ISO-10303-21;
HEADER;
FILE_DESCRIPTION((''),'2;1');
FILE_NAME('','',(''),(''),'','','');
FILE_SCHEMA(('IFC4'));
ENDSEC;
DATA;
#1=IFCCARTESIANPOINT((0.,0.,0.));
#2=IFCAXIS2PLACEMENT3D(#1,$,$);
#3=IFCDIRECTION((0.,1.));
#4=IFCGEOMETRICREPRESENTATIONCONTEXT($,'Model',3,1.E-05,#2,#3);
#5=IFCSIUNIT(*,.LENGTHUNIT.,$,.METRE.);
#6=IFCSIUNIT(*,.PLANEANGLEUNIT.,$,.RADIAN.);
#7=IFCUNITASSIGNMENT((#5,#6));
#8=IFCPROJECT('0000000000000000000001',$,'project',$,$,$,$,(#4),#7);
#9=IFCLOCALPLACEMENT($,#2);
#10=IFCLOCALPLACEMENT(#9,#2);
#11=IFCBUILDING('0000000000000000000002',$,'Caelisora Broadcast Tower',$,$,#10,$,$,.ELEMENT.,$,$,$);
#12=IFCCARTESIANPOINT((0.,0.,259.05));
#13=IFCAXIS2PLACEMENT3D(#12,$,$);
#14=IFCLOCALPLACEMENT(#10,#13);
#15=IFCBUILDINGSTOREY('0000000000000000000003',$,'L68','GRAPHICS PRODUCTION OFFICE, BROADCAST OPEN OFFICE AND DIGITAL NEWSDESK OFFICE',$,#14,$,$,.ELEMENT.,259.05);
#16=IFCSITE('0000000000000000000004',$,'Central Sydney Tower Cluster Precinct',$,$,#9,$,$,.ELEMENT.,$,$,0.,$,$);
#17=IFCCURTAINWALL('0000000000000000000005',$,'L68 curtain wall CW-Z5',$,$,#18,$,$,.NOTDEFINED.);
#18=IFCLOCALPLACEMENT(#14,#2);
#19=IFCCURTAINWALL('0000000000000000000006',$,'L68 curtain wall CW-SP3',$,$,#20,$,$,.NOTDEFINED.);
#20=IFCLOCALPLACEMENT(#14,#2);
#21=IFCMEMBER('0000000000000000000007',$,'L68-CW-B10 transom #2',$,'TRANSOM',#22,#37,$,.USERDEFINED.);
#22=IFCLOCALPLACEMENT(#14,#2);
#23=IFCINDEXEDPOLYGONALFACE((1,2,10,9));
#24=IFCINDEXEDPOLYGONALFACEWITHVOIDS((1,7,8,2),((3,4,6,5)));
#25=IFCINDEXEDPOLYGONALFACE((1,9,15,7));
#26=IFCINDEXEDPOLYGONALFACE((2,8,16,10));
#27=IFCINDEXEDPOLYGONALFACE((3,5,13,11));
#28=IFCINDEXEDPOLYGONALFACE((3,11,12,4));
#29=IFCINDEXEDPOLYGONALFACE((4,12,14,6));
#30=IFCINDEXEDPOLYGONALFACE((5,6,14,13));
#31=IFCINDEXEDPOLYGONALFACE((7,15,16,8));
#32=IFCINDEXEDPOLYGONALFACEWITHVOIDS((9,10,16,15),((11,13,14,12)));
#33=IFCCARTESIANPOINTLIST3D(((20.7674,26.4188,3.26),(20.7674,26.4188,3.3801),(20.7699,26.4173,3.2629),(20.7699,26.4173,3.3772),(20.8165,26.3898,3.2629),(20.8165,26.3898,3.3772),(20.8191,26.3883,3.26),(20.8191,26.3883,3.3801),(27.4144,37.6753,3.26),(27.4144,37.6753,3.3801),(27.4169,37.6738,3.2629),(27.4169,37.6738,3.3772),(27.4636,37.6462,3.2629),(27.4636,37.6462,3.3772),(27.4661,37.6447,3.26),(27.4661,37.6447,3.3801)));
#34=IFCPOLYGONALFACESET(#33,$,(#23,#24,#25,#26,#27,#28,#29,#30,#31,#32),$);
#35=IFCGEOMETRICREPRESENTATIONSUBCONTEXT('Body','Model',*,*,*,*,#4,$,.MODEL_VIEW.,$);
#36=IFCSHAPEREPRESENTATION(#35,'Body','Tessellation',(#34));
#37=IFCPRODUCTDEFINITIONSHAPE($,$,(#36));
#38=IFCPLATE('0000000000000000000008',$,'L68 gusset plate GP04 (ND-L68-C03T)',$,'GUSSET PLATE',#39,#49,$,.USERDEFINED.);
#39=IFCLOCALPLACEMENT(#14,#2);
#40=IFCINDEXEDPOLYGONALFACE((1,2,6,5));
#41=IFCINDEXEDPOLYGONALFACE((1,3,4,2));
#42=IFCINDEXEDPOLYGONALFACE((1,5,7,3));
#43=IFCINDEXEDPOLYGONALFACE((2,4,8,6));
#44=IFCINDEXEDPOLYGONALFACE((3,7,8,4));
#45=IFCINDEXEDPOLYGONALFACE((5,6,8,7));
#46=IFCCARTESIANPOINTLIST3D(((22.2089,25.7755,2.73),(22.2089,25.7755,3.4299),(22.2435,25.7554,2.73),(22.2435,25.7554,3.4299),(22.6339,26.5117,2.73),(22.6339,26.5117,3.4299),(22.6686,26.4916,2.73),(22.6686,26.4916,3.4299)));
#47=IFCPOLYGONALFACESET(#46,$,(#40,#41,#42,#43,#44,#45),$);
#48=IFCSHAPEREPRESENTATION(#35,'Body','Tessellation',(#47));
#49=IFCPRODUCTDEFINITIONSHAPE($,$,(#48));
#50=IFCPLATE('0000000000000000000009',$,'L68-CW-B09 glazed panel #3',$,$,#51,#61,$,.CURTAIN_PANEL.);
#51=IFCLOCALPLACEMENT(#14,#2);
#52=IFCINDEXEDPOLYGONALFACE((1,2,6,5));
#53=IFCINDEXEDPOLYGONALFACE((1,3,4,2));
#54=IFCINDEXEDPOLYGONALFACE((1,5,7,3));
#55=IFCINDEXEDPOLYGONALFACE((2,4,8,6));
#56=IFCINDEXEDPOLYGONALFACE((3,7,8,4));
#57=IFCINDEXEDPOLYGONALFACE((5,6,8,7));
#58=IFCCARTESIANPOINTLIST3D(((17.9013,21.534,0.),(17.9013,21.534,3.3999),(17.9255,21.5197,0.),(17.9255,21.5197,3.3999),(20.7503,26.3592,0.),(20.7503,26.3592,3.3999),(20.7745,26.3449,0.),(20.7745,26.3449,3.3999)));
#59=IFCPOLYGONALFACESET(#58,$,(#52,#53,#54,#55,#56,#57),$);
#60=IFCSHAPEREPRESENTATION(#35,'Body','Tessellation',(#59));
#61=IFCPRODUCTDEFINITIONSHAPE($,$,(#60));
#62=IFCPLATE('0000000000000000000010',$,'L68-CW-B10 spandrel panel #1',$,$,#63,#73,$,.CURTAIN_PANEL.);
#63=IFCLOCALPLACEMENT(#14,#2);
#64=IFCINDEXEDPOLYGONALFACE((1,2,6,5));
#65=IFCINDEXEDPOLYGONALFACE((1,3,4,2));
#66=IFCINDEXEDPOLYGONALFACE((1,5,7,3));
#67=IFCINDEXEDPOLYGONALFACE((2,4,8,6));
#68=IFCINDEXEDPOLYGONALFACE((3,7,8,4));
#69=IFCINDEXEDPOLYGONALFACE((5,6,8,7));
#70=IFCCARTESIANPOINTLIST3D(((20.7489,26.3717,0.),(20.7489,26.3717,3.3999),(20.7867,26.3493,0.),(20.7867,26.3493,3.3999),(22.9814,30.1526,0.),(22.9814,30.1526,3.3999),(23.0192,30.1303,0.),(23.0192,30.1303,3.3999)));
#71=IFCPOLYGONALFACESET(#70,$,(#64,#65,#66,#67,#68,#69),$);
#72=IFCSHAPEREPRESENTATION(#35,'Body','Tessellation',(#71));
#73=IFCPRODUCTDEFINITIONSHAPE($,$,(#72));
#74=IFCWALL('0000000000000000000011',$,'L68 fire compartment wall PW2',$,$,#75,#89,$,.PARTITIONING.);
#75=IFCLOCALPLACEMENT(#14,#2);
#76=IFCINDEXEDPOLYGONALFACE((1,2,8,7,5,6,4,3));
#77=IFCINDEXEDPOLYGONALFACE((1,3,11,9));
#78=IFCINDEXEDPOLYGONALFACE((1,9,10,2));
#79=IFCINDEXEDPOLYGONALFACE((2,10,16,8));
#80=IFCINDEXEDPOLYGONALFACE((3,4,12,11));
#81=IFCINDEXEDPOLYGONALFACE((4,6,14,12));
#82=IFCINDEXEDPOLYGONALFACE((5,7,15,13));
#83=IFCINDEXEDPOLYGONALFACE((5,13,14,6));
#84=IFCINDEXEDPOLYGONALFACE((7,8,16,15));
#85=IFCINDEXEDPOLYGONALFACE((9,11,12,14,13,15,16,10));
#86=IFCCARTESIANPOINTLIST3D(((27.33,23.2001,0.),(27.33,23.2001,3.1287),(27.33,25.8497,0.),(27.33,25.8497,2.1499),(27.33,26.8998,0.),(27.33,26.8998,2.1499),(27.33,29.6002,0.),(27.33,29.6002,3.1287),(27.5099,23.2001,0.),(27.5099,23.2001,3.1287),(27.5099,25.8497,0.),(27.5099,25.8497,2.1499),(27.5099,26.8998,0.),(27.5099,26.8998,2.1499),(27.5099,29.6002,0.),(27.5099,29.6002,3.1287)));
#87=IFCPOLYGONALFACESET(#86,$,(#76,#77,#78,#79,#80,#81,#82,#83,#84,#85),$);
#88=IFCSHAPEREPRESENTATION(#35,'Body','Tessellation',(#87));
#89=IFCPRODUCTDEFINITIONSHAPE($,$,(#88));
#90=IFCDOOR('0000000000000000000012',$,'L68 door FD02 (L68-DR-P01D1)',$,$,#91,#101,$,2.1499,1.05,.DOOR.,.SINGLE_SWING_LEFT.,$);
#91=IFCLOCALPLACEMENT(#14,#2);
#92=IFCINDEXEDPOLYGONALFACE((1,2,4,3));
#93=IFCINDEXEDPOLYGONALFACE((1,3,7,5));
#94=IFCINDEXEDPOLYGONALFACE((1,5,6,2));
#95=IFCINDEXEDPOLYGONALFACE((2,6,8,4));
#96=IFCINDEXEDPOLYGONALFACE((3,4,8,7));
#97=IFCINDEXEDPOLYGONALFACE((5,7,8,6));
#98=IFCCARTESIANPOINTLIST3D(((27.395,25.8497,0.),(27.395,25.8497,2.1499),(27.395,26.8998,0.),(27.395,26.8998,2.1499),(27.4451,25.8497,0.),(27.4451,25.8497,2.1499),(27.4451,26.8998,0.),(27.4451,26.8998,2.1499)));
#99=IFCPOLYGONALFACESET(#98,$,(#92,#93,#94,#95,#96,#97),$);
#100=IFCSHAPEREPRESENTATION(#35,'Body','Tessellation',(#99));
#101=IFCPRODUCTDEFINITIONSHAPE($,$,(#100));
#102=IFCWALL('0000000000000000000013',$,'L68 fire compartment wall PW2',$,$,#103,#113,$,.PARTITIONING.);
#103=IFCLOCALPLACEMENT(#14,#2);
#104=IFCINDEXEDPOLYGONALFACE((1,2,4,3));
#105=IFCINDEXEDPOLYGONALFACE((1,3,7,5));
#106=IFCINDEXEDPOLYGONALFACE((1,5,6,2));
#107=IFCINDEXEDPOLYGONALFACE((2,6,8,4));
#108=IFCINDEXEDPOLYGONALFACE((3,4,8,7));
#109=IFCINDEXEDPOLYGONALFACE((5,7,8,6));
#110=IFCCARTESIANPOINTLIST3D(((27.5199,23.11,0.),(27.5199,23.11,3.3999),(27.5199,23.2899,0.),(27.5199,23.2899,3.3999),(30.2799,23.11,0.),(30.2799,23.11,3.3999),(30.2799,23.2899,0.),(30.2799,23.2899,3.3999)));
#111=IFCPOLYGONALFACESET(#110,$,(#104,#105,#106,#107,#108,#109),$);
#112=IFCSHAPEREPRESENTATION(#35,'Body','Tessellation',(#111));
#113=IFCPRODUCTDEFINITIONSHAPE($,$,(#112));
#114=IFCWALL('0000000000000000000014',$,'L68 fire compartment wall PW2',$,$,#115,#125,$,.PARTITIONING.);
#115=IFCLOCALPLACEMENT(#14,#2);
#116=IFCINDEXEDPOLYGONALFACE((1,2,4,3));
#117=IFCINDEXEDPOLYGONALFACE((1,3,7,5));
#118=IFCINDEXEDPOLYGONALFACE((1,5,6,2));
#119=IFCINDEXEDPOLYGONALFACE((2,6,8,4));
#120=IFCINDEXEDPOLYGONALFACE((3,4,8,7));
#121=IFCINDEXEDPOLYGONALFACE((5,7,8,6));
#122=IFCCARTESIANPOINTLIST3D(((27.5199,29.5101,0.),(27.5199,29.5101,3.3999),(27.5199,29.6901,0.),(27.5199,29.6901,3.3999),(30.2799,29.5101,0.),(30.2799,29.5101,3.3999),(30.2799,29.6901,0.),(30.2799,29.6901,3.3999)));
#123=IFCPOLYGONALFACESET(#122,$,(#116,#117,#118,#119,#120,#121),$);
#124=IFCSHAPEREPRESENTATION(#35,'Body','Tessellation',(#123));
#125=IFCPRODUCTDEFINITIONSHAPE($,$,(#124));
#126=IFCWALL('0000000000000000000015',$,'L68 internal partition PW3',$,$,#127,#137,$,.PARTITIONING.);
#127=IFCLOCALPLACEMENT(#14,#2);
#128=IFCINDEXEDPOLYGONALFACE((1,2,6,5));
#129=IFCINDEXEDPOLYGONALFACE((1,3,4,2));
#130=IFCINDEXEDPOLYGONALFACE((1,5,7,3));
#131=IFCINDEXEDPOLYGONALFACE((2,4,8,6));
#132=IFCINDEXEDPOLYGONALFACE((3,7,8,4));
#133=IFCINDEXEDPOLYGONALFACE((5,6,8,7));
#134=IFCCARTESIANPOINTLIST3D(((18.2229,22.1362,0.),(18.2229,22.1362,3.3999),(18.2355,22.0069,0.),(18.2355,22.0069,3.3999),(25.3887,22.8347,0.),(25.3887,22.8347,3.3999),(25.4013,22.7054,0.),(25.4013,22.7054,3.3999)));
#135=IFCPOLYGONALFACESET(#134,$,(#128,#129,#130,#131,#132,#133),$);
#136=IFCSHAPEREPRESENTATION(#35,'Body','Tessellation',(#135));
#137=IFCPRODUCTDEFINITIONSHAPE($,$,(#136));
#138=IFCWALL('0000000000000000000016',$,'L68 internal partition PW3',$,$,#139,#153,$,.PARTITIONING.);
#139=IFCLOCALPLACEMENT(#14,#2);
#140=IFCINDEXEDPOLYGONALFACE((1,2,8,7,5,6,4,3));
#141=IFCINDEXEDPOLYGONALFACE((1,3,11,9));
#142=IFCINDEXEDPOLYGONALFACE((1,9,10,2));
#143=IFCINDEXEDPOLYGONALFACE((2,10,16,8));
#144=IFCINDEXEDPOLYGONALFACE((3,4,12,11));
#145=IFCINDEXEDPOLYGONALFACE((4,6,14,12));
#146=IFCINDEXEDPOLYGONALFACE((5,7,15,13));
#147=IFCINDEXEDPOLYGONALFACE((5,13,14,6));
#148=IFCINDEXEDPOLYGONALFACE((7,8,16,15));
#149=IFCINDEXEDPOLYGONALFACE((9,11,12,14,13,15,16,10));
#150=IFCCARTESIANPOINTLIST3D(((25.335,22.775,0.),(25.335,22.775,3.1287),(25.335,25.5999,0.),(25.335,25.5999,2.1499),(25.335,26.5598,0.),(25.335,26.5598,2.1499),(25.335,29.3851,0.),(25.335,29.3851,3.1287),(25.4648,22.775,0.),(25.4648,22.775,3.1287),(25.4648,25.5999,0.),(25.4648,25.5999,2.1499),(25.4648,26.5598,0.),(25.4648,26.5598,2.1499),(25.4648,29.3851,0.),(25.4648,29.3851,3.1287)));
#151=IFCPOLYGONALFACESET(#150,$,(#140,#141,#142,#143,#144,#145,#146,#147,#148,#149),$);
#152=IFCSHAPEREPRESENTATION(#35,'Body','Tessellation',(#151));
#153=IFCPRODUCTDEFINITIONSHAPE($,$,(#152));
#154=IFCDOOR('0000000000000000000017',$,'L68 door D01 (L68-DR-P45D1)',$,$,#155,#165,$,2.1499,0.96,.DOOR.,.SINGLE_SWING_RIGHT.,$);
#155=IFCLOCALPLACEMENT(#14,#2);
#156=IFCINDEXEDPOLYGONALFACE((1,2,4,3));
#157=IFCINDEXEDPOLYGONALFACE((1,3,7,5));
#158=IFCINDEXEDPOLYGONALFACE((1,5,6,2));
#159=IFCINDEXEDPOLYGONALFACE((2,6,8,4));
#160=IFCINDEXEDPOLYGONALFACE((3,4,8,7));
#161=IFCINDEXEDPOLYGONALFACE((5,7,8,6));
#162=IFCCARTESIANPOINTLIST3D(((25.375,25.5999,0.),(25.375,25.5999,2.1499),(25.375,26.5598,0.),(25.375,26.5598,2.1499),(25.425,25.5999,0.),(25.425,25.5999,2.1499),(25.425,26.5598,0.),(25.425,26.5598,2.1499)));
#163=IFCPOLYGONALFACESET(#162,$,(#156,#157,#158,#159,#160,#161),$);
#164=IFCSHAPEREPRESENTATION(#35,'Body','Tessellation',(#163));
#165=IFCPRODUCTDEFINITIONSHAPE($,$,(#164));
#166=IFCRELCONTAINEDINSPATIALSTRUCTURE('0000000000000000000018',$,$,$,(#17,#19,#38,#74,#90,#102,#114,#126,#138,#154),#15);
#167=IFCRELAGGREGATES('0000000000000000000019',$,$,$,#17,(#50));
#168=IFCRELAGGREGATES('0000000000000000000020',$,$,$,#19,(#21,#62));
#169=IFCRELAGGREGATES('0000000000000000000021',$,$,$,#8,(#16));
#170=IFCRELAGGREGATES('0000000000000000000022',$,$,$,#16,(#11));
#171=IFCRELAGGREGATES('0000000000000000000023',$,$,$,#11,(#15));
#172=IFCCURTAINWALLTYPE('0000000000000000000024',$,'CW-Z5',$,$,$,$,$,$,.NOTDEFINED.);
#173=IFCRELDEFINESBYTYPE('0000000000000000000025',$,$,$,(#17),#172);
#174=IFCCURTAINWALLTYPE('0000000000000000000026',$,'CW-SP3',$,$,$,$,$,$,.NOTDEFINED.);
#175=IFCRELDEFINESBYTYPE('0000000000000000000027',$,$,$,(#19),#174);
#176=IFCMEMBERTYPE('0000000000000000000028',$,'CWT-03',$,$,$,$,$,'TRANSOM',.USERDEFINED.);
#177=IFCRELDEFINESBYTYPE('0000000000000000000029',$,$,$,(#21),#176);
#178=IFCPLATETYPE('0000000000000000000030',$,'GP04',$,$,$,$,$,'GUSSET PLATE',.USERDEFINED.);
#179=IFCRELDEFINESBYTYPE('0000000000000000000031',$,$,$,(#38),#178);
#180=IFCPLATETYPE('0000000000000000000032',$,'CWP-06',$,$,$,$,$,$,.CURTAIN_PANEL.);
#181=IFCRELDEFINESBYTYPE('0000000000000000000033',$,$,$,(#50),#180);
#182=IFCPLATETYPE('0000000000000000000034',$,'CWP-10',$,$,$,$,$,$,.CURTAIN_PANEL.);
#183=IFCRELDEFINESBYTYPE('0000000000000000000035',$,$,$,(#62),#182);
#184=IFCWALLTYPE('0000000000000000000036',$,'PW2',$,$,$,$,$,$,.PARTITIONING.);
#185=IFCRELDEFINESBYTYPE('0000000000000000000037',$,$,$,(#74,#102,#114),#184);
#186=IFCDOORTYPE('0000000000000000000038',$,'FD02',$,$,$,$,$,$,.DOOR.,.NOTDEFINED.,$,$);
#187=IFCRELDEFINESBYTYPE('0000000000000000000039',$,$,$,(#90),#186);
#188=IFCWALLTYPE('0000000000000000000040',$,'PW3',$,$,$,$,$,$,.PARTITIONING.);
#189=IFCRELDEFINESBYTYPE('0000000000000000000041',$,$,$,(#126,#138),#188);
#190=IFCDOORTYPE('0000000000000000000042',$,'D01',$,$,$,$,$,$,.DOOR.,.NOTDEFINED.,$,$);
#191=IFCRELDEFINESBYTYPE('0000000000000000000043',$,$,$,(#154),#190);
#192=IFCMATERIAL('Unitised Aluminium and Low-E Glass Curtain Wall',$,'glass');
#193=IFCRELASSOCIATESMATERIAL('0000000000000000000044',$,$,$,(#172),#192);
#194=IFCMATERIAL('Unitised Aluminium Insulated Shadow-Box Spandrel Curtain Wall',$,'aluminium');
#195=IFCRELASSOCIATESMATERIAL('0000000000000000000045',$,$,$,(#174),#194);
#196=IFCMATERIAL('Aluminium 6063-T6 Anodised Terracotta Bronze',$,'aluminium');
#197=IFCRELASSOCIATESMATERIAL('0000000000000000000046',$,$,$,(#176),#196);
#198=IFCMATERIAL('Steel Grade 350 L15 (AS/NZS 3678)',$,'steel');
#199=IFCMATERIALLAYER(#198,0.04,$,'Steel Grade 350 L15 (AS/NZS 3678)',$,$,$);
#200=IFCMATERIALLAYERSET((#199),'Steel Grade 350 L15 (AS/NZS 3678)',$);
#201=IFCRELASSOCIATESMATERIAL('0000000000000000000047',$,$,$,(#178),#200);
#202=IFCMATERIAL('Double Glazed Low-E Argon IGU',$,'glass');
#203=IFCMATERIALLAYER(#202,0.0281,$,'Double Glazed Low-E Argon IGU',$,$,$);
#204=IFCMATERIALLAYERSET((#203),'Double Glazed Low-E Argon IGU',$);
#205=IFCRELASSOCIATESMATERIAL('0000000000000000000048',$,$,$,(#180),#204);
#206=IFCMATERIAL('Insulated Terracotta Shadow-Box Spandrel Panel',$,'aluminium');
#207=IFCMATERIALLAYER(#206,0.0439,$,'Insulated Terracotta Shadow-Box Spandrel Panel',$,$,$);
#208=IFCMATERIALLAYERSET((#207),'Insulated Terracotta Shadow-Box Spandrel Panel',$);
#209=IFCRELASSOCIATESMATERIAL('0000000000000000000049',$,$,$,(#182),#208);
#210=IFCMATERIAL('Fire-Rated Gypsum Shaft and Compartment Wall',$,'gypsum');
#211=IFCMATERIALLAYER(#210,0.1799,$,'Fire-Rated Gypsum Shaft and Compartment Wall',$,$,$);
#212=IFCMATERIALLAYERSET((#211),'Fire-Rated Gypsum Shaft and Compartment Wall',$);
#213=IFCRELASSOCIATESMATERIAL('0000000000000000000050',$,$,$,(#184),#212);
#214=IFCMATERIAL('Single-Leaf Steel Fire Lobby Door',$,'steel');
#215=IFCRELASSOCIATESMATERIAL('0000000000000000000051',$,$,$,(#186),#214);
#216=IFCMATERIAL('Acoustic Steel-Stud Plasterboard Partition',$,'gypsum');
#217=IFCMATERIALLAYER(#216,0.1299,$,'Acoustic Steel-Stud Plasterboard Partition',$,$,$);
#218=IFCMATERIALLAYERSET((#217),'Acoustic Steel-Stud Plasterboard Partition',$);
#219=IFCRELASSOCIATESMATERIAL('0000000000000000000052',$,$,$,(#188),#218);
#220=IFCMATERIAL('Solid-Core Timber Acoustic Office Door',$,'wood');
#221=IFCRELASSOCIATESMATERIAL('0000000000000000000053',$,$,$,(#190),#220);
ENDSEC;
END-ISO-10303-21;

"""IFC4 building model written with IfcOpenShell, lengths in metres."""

from ifc_helpers import new_model, si_unit, direction, frame, frame_2d, origin, origin_2d, place, context, subcontext, project, spatial, rectangle, hollow_rectangle, extrude, source, transform, mapped, material, layer, layer_set, material_profile, profile_set, type_object, type_shapes, element, fill, aggregate, save


model = new_model("IFC4")

# Units and contexts
model_context = context("Model", 3, precision=1e-05, world=origin(), true_north=direction((0.0, 1.0)))
body_context = subcontext(model_context, "Body", "Model", "MODEL_VIEW")
ifc_project = project(units=[si_unit("LENGTHUNIT", "METRE"), si_unit("PLANEANGLEUNIT", "RADIAN")], contexts=[model_context])

# Site, building, storey
site_placement = place(None, origin())
site = spatial("IfcSite", under=ifc_project, at=site_placement, Name="Central Sydney Tower Cluster Precinct", CompositionType="ELEMENT", RefElevation=0.0)
building_placement = place(site_placement, origin())
building = spatial("IfcBuilding", under=site, at=building_placement, Name="Caelisora Broadcast Tower", CompositionType="ELEMENT")
storey_placement = place(building_placement, frame((0.0, 0.0, 259.05)))
storey = spatial("IfcBuildingStorey", under=building, at=storey_placement, Name="L68", Description="GRAPHICS PRODUCTION OFFICE, BROADCAST OPEN OFFICE AND DIGITAL NEWSDESK OFFICE", CompositionType="ELEMENT", Elevation=259.05)

# Shared definitions
ifc_material_1 = material(Name="Steel Grade 350 L15 (AS/NZS 3678)", Category="steel")

# Curtain walls, member
ifc_material_2 = material(Name="Unitised Aluminium and Low-E Glass Curtain Wall", Category="glass")
curtain_wall_type_1 = type_object("IfcCurtainWallType", Name="CW-Z5", PredefinedType="NOTDEFINED", material=ifc_material_2)
curtain_wall_1_placement = place(storey_placement, origin())
curtain_wall_1 = element("IfcCurtainWall", 1, at=curtain_wall_1_placement, inside=storey, type_object=curtain_wall_type_1, Name="L68 curtain wall CW-Z5", PredefinedType="NOTDEFINED")
ifc_material_3 = material(Name="Aluminium 6063-T6 Anodised Terracotta Bronze", Category="aluminium")
ifc_material_4 = material(Name="Unitised Aluminium Insulated Shadow-Box Spandrel Curtain Wall", Category="aluminium")
curtain_wall_type_2 = type_object("IfcCurtainWallType", Name="CW-SP3", PredefinedType="NOTDEFINED", material=ifc_material_4)
curtain_wall_2_placement = place(storey_placement, origin())
curtain_wall_2 = element("IfcCurtainWall", 2, at=curtain_wall_2_placement, inside=storey, type_object=curtain_wall_type_2, Name="L68 curtain wall CW-SP3", PredefinedType="NOTDEFINED")
ifc_material_profile_1 = material_profile(ifc_material_3, hollow_rectangle(XDim=0.0601, YDim=0.1201, WallThickness=0.0029, at=origin_2d()), Name="Aluminium 6063-T6 Anodised Terracotta Bronze")
ifc_profile_set_1 = profile_set([ifc_material_profile_1], Name="Aluminium 6063-T6 Anodised Terracotta Bronze")
member_type_1 = type_object("IfcMemberType", Name="CWT-03", ElementType="TRANSOM", PredefinedType="USERDEFINED", material=ifc_profile_set_1)
shared_shape_1 = source(origin(), body_context, "Body", "SweptSolid", [
    extrude(hollow_rectangle(XDim=0.0601, YDim=0.1201, WallThickness=0.0029, at=origin_2d()), origin(), (0.0, 0.0, 1.0), 13.0725),
])
type_shapes(member_type_1, [shared_shape_1])
member_1_placement = place(storey_placement, frame((20.7932, 26.4036, 3.3201), z_axis=(0.508474, 0.861077, 0.0), x_axis=(-0.861077, 0.508474, 0.0)))
member_1 = element("IfcMember", 3, at=member_1_placement, type_object=member_type_1, Name="L68-CW-B10 transom #2", ObjectType="TRANSOM", PredefinedType="USERDEFINED", context=body_context, shape_type="MappedRepresentation", body=[
    mapped(shared_shape_1, transform((0.0, 0.0, 0.0), scale=1.0)),
])

# Plates
ifc_layer_1 = layer(ifc_material_1, 0.04, Name="Steel Grade 350 L15 (AS/NZS 3678)")
ifc_layer_set_1 = layer_set([ifc_layer_1], Name="Steel Grade 350 L15 (AS/NZS 3678)")
plate_type_1 = type_object("IfcPlateType", Name="GP04", ElementType="GUSSET PLATE", PredefinedType="USERDEFINED", material=ifc_layer_set_1)
shared_shape_2 = source(origin(), body_context, "Body", "SweptSolid", [
    extrude(rectangle(XDim=0.8501, YDim=0.04, at=origin_2d()), origin(), (0.0, 0.0, 1.0), 0.7),
])
type_shapes(plate_type_1, [shared_shape_2])
plate_1_placement = place(storey_placement, frame((22.4387, 26.1335, 2.73), z_axis=(0.0, 0.0, 1.0), x_axis=(-0.5, -0.866025, 0.0)))
element("IfcPlate", 4, at=plate_1_placement, inside=storey, type_object=plate_type_1, Name="L68 gusset plate GP04 (ND-L68-C03T)", ObjectType="GUSSET PLATE", PredefinedType="USERDEFINED", context=body_context, shape_type="MappedRepresentation", body=[
    mapped(shared_shape_2, transform((0.0, 0.0, 0.0), scale=1.0)),
])
ifc_material_5 = material(Name="Double Glazed Low-E Argon IGU", Category="glass")
ifc_layer_2 = layer(ifc_material_5, 0.0281, Name="Double Glazed Low-E Argon IGU")
ifc_layer_set_2 = layer_set([ifc_layer_2], Name="Double Glazed Low-E Argon IGU")
plate_type_2 = type_object("IfcPlateType", Name="CWP-06", PredefinedType="CURTAIN_PANEL", material=ifc_layer_set_2)
shared_shape_3 = source(origin(), body_context, "Body", "SweptSolid", [
    extrude(rectangle(XDim=5.6035, YDim=0.0281, at=origin_2d()), origin(), (0.0, 0.0, 1.0), 3.3999),
])
type_shapes(plate_type_2, [shared_shape_3])
plate_2_placement = place(storey_placement, frame((19.3379, 23.9395, 0.0), z_axis=(0.0, 0.0, 1.0), x_axis=(0.50844, 0.861097, 0.0)))
plate_2 = element("IfcPlate", 5, at=plate_2_placement, type_object=plate_type_2, Name="L68-CW-B09 glazed panel #3", PredefinedType="CURTAIN_PANEL", context=body_context, shape_type="MappedRepresentation", body=[
    mapped(shared_shape_3, transform((0.0, 0.0, 0.0), scale=1.0)),
])
aggregate(curtain_wall_1, [plate_2])
ifc_material_6 = material(Name="Insulated Terracotta Shadow-Box Spandrel Panel", Category="aluminium")
ifc_layer_3 = layer(ifc_material_6, 0.0439, Name="Insulated Terracotta Shadow-Box Spandrel Panel")
ifc_layer_set_3 = layer_set([ifc_layer_3], Name="Insulated Terracotta Shadow-Box Spandrel Panel")
plate_type_3 = type_object("IfcPlateType", Name="CWP-10", PredefinedType="CURTAIN_PANEL", material=ifc_layer_set_3)
shared_shape_4 = source(origin(), body_context, "Body", "SweptSolid", [
    extrude(rectangle(XDim=4.3909, YDim=0.0439, at=origin_2d()), origin(), (0.0, 0.0, 1.0), 3.3999),
])
type_shapes(plate_type_3, [shared_shape_4])
plate_3_placement = place(storey_placement, frame((21.884, 28.251, 0.0), z_axis=(0.0, 0.0, 1.0), x_axis=(0.50844, 0.861097, 0.0)))
plate_3 = element("IfcPlate", 6, at=plate_3_placement, type_object=plate_type_3, Name="L68-CW-B10 spandrel panel #1", PredefinedType="CURTAIN_PANEL", context=body_context, shape_type="MappedRepresentation", body=[
    mapped(shared_shape_4, transform((0.0, 0.0, 0.0), scale=1.0)),
])
aggregate(curtain_wall_2, [member_1, plate_3])

# Wall, opening, door
ifc_material_7 = material(Name="Fire-Rated Gypsum Shaft and Compartment Wall", Category="gypsum")
ifc_layer_4 = layer(ifc_material_7, 0.1799, Name="Fire-Rated Gypsum Shaft and Compartment Wall")
ifc_layer_set_4 = layer_set([ifc_layer_4], Name="Fire-Rated Gypsum Shaft and Compartment Wall")
wall_type_1 = type_object("IfcWallType", Name="PW2", PredefinedType="PARTITIONING", material=ifc_layer_set_4)
wall_1_placement = place(storey_placement, frame((27.4199, 23.2, 0.0), z_axis=(0.0, 0.0, 1.0), x_axis=(0.0, 1.0, 0.0)))
wall_1 = element("IfcWall", 7, at=wall_1_placement, inside=storey, type_object=wall_type_1, Name="L68 fire compartment wall PW2", PredefinedType="PARTITIONING", context=body_context, shape_type="SweptSolid", body=[
    extrude(rectangle(XDim=6.4001, YDim=0.1799, at=frame_2d((3.2002, 0.0))), origin(), (0.0, 0.0, 1.0), 3.1287),
])
opening_1_placement = place(wall_1_placement, frame((2.6499, 0.0, 0.0)))
opening_1 = element("IfcOpeningElement", 8, at=opening_1_placement, cuts=wall_1, PredefinedType="OPENING", context=body_context, shape_type="SweptSolid", body=[
    extrude(rectangle(XDim=1.05, YDim=2.1499, at=frame_2d((0.5249, 1.075))), frame((0.0, 0.1021, 0.0), z_axis=(0.0, -1.0, 0.0), x_axis=(1.0, 0.0, 0.0)), (0.0, 0.0, 1.0), 0.2039),
])
ifc_material_8 = material(Name="Single-Leaf Steel Fire Lobby Door", Category="steel")
door_type_1 = type_object("IfcDoorType", Name="FD02", OperationType="NOTDEFINED", PredefinedType="DOOR", material=ifc_material_8)
door_1_placement = place(opening_1_placement, origin())
door_1 = element("IfcDoor", 9, at=door_1_placement, inside=storey, type_object=door_type_1, Name="L68 door FD02 (L68-DR-P01D1)", OperationType="SINGLE_SWING_LEFT", OverallHeight=2.1499, OverallWidth=1.05, PredefinedType="DOOR", context=body_context, shape_type="SweptSolid", body=[
    extrude(rectangle(XDim=1.05, YDim=2.1499, at=frame_2d((0.5249, 1.075))), frame((0.0, 0.0249, 0.0), z_axis=(0.0, -1.0, 0.0), x_axis=(1.0, 0.0, 0.0)), (0.0, 0.0, 1.0), 0.05),
])
fill(opening_1, door_1)

# Walls
for number, where, z_axis, x_axis, name in (
    (10, (27.52, 23.2, 0.0), (0.0, 0.0, 1.0), (1.0, 0.0, 0.0), "L68 fire compartment wall PW2"),
    (11, (27.52, 29.6001, 0.0), (0.0, 0.0, 1.0), (1.0, 0.0, 0.0), "L68 fire compartment wall PW2"),
):
    element("IfcWall", number, at=place(storey_placement, frame(where, z_axis=z_axis, x_axis=x_axis)), inside=storey, type_object=wall_type_1, Name=name, PredefinedType="PARTITIONING", context=body_context, shape_type="SweptSolid", body=[
        extrude(rectangle(XDim=2.76, YDim=0.1799, at=frame_2d((1.3799, 0.0))), origin(), (0.0, 0.0, 1.0), 3.3999),
    ])
ifc_material_9 = material(Name="Acoustic Steel-Stud Plasterboard Partition", Category="gypsum")
ifc_layer_5 = layer(ifc_material_9, 0.1299, Name="Acoustic Steel-Stud Plasterboard Partition")
ifc_layer_set_5 = layer_set([ifc_layer_5], Name="Acoustic Steel-Stud Plasterboard Partition")
wall_type_2 = type_object("IfcWallType", Name="PW3", PredefinedType="PARTITIONING", material=ifc_layer_set_5)
wall_2_placement = place(storey_placement, frame((18.2292, 22.0715, 0.0), z_axis=(0.0, 0.0, 1.0), x_axis=(0.995283, 0.097016, 0.0)))
element("IfcWall", 12, at=wall_2_placement, inside=storey, type_object=wall_type_2, Name="L68 internal partition PW3", PredefinedType="PARTITIONING", context=body_context, shape_type="SweptSolid", body=[
    extrude(rectangle(XDim=7.1997, YDim=0.1299, at=frame_2d((3.5999, 0.0))), origin(), (0.0, 0.0, 1.0), 3.3999),
])

# Wall, opening, door
wall_3_placement = place(storey_placement, frame((25.3999, 22.7749, 0.0), z_axis=(0.0, 0.0, 1.0), x_axis=(0.0, 1.0, 0.0)))
wall_3 = element("IfcWall", 13, at=wall_3_placement, inside=storey, type_object=wall_type_2, Name="L68 internal partition PW3", PredefinedType="PARTITIONING", context=body_context, shape_type="SweptSolid", body=[
    extrude(rectangle(XDim=6.6101, YDim=0.1299, at=frame_2d((3.3052, 0.0))), origin(), (0.0, 0.0, 1.0), 3.1287),
])
opening_2_placement = place(wall_3_placement, frame((2.825, 0.0, 0.0)))
opening_2 = element("IfcOpeningElement", 14, at=opening_2_placement, cuts=wall_3, PredefinedType="OPENING", context=body_context, shape_type="SweptSolid", body=[
    extrude(rectangle(XDim=0.96, YDim=2.1499, at=frame_2d((0.48, 1.075))), frame((0.0, 0.0769, 0.0), z_axis=(0.0, -1.0, 0.0), x_axis=(1.0, 0.0, 0.0)), (0.0, 0.0, 1.0), 0.1538),
])
ifc_material_10 = material(Name="Solid-Core Timber Acoustic Office Door", Category="wood")
door_type_2 = type_object("IfcDoorType", Name="D01", OperationType="NOTDEFINED", PredefinedType="DOOR", material=ifc_material_10)
door_2_placement = place(opening_2_placement, origin())
door_2 = element("IfcDoor", 15, at=door_2_placement, inside=storey, type_object=door_type_2, Name="L68 door D01 (L68-DR-P45D1)", OperationType="SINGLE_SWING_RIGHT", OverallHeight=2.1499, OverallWidth=0.96, PredefinedType="DOOR", context=body_context, shape_type="SweptSolid", body=[
    extrude(rectangle(XDim=0.96, YDim=2.1499, at=frame_2d((0.48, 1.075))), frame((0.0, 0.0249, 0.0), z_axis=(0.0, -1.0, 0.0), x_axis=(1.0, 0.0, 0.0)), (0.0, 0.0, 1.0), 0.05),
])
fill(opening_2, door_2)

save(model, "model.ifc")
